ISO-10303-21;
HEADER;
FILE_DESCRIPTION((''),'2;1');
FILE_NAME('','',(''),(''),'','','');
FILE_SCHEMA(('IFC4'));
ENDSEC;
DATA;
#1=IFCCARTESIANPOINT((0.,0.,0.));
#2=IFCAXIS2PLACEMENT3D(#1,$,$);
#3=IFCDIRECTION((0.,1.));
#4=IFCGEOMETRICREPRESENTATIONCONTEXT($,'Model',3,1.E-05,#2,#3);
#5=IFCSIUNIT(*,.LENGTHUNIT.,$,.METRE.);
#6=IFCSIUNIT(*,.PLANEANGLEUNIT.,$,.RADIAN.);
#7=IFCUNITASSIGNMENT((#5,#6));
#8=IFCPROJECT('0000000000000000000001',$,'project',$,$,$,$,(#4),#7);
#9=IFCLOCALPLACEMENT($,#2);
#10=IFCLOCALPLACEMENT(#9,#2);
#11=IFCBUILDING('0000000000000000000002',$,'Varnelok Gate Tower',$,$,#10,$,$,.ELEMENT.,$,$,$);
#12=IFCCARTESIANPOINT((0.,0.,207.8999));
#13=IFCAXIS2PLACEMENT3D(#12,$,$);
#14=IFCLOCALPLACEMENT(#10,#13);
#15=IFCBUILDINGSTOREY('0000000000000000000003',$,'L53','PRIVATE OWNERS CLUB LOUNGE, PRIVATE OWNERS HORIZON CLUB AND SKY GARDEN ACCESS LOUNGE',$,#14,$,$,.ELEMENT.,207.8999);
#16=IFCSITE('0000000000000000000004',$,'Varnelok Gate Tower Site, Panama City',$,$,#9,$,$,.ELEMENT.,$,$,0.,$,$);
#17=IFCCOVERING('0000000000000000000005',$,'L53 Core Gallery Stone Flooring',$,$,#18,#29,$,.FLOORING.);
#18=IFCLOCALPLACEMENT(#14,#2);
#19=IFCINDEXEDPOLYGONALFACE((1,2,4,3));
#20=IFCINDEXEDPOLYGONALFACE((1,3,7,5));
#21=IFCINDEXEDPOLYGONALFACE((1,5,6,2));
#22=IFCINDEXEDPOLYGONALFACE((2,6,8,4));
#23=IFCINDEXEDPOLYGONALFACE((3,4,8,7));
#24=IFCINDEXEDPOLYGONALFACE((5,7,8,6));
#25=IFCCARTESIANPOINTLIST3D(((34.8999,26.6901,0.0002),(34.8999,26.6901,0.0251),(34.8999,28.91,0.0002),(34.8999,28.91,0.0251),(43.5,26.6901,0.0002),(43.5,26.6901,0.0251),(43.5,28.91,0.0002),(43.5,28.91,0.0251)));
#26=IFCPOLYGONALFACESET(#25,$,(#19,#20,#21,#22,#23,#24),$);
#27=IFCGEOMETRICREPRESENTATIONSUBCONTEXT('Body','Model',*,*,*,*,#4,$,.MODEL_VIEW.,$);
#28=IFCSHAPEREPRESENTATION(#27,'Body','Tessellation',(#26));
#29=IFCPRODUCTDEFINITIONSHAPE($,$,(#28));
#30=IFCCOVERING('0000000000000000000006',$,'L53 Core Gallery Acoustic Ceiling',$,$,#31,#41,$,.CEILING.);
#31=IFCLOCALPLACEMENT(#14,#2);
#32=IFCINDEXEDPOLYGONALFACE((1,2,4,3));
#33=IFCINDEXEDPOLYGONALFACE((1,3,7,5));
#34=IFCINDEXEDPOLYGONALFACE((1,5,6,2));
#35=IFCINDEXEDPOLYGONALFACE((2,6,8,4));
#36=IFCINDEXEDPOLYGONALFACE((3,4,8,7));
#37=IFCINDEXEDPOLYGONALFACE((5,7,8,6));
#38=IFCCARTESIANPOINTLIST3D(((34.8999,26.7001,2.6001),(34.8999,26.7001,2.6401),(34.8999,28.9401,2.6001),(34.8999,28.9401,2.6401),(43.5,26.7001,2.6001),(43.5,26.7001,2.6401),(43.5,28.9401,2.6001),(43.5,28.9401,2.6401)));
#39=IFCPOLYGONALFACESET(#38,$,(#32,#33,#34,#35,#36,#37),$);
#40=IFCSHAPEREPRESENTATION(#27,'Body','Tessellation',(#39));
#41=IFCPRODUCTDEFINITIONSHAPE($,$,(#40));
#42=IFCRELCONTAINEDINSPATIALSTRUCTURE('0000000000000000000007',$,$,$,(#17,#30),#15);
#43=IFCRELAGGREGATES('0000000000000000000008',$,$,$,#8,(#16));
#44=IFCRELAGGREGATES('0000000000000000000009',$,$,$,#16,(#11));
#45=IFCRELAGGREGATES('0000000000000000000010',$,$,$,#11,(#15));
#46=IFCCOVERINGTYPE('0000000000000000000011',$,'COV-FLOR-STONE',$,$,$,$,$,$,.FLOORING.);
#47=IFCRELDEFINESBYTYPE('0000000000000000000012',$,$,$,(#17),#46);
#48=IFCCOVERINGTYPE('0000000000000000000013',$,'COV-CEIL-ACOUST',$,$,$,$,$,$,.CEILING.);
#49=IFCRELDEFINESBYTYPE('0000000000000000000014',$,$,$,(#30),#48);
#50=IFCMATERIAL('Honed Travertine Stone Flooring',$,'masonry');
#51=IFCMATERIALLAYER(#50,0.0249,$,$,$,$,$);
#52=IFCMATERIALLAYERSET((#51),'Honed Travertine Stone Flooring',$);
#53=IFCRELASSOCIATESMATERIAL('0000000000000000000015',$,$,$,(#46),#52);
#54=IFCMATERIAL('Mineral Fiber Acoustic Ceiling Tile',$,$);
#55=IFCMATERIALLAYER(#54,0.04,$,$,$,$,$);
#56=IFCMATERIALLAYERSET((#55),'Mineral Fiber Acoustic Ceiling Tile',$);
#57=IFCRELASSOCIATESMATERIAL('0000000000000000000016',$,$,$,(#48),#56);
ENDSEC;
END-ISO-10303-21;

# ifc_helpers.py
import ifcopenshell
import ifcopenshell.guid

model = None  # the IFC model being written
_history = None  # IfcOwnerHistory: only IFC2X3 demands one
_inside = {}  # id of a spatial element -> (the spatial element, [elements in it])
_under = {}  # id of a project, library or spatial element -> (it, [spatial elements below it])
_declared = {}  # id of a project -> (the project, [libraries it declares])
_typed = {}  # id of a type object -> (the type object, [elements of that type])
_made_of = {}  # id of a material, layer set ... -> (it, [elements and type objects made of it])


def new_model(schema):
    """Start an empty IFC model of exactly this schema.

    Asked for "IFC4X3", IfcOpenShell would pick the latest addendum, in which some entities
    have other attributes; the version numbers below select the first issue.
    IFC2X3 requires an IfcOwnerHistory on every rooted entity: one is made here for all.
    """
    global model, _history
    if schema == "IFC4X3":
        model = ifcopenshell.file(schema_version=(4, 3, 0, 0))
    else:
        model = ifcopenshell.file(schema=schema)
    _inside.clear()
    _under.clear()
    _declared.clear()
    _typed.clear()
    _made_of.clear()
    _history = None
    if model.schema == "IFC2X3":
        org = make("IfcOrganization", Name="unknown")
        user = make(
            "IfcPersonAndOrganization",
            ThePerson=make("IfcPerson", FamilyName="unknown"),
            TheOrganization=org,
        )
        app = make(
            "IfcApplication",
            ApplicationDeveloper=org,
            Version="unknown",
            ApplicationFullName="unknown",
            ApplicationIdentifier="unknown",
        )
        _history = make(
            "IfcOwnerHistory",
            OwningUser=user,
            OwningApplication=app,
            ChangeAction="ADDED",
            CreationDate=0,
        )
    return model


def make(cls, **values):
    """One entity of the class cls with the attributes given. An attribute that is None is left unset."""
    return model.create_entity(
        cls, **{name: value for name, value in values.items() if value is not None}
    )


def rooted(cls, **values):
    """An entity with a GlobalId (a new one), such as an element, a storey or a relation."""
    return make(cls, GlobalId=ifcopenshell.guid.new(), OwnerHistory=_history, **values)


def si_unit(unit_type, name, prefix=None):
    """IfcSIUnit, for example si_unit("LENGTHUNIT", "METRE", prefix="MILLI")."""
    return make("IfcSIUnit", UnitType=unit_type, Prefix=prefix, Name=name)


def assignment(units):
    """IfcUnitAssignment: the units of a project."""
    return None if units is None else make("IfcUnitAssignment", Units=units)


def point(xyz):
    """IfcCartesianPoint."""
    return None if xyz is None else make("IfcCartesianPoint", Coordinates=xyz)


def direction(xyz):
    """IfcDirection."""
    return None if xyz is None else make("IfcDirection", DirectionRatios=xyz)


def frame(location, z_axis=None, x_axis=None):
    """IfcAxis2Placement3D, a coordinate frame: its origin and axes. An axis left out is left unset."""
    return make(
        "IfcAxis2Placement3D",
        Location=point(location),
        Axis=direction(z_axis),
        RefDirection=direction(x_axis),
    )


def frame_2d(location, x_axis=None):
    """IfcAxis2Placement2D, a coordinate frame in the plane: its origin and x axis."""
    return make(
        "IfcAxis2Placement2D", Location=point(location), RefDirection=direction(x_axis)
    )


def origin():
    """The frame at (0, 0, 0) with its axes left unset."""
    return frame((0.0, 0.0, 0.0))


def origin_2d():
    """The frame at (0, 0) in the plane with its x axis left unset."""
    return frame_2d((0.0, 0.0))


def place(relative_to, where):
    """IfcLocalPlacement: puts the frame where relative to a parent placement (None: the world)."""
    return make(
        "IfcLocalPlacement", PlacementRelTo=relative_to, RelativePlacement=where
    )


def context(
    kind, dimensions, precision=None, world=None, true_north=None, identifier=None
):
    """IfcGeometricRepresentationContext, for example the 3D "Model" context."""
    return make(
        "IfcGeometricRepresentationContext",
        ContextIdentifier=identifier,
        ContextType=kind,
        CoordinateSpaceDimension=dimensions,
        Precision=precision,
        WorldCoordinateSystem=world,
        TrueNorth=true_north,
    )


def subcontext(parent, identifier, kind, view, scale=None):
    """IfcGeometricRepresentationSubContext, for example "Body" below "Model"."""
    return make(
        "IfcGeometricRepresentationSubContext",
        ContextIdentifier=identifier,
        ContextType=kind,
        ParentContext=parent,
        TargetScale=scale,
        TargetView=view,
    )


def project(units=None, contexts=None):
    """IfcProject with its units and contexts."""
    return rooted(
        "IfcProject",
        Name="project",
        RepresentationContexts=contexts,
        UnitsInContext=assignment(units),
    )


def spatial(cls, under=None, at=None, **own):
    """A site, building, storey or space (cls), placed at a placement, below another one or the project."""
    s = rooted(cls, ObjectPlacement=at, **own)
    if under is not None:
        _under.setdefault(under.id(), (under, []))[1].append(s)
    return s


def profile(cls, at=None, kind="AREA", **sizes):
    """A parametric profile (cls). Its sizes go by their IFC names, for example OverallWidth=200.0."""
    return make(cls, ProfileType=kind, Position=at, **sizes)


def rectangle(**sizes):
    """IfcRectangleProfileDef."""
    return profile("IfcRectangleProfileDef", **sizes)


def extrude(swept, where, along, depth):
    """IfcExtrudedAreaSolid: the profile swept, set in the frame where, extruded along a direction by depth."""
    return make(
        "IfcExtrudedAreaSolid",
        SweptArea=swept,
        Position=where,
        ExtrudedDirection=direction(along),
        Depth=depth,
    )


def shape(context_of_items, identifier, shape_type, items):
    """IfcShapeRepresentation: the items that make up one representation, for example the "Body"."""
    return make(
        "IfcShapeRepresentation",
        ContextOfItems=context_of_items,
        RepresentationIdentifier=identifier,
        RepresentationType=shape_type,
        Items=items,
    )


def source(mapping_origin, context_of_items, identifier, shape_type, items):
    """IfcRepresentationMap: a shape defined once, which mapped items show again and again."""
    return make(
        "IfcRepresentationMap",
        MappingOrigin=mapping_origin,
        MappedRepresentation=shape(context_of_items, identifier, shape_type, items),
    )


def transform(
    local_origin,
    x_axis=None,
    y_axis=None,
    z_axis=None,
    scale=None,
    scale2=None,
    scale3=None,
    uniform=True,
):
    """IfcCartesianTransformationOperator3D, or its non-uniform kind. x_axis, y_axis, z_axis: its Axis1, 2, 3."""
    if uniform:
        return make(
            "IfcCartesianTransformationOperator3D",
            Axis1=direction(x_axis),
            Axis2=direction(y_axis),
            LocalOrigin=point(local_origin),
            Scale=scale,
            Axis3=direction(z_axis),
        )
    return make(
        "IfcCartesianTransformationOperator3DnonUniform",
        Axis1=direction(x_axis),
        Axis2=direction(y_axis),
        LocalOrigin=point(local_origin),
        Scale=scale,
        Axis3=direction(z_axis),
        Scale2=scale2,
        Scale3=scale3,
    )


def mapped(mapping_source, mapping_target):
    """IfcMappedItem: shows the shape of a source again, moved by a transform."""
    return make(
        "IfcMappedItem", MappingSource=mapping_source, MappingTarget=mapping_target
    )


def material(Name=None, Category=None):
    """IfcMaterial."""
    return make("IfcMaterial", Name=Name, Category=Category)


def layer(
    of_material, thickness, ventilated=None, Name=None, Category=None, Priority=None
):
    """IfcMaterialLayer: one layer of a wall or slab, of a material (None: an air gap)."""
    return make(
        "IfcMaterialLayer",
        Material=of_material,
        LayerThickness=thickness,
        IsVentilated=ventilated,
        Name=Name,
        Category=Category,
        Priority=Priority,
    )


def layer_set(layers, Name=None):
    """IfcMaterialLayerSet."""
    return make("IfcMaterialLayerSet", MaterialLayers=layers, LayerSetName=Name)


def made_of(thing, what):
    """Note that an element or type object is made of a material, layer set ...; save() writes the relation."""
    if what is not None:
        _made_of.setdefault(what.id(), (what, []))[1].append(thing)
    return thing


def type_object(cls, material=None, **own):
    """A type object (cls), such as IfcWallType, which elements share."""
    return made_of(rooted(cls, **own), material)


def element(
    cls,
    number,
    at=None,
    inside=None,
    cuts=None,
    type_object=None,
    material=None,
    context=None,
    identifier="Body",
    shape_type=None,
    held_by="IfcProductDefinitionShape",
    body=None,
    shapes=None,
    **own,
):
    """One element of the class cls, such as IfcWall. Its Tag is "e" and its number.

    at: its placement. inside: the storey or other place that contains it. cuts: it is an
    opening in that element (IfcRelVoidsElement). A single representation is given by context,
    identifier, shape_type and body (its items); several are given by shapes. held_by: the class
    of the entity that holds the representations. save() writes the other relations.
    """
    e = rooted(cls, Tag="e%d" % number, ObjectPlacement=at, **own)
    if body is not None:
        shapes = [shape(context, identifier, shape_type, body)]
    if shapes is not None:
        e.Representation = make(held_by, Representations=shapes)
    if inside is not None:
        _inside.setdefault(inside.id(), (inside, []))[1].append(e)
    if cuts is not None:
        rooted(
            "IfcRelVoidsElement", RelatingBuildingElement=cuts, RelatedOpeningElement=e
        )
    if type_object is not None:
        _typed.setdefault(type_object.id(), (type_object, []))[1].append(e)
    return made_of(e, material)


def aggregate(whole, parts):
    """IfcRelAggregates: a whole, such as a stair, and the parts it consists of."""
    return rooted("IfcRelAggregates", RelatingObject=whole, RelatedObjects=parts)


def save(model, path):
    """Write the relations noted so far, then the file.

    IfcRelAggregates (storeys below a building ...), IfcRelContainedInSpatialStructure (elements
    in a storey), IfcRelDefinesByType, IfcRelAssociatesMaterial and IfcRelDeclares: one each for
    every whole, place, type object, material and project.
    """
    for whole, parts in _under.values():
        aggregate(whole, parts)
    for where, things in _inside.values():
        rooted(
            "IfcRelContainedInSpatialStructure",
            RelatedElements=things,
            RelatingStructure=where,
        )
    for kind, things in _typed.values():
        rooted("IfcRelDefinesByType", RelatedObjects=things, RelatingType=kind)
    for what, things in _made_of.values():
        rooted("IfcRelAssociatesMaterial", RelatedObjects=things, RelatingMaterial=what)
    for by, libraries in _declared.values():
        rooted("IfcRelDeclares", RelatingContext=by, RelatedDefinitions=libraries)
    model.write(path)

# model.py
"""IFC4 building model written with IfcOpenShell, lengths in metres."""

from ifc_helpers import new_model, si_unit, direction, frame, origin, origin_2d, place, context, subcontext, project, spatial, rectangle, extrude, source, transform, mapped, material, layer, layer_set, type_object, element, save


model = new_model("IFC4")

# Units and contexts
model_context = context("Model", 3, precision=1e-05, world=origin(), true_north=direction((0.0, 1.0)))
body_context = subcontext(model_context, "Body", "Model", "MODEL_VIEW")
ifc_project = project(units=[si_unit("LENGTHUNIT", "METRE"), si_unit("PLANEANGLEUNIT", "RADIAN")], contexts=[model_context])

# Site, building, storey
site_placement = place(None, origin())
site = spatial("IfcSite", under=ifc_project, at=site_placement, Name="Varnelok Gate Tower Site, Panama City", CompositionType="ELEMENT", RefElevation=0.0)
building_placement = place(site_placement, origin())
building = spatial("IfcBuilding", under=site, at=building_placement, Name="Varnelok Gate Tower", CompositionType="ELEMENT")
storey_placement = place(building_placement, frame((0.0, 0.0, 207.8999)))
storey = spatial("IfcBuildingStorey", under=building, at=storey_placement, Name="L53", Description="PRIVATE OWNERS CLUB LOUNGE, PRIVATE OWNERS HORIZON CLUB AND SKY GARDEN ACCESS LOUNGE", CompositionType="ELEMENT", Elevation=207.8999)

# Coverings
ifc_material_1 = material(Name="Honed Travertine Stone Flooring", Category="masonry")
ifc_layer_1 = layer(ifc_material_1, 0.0249)
ifc_layer_set_1 = layer_set([ifc_layer_1], Name="Honed Travertine Stone Flooring")
covering_type_1 = type_object("IfcCoveringType", Name="COV-FLOR-STONE", PredefinedType="FLOORING", material=ifc_layer_set_1)
shared_shape_1 = source(origin(), body_context, "Body", "SweptSolid", [
    extrude(rectangle(XDim=8.6001, YDim=2.22, at=origin_2d()), origin(), (0.0, 0.0, 1.0), 0.0249),
])
covering_1_placement = place(storey_placement, frame((39.2, 27.8, 0.0002), z_axis=(0.0, 0.0, 1.0), x_axis=(1.0, 0.0, 0.0)))
element("IfcCovering", 1, at=covering_1_placement, inside=storey, type_object=covering_type_1, Name="L53 Core Gallery Stone Flooring", PredefinedType="FLOORING", context=body_context, shape_type="MappedRepresentation", body=[
    mapped(shared_shape_1, transform((0.0, 0.0, 0.0), scale=1.0)),
])
ifc_material_2 = material(Name="Mineral Fiber Acoustic Ceiling Tile")
ifc_layer_2 = layer(ifc_material_2, 0.04)
ifc_layer_set_2 = layer_set([ifc_layer_2], Name="Mineral Fiber Acoustic Ceiling Tile")
covering_type_2 = type_object("IfcCoveringType", Name="COV-CEIL-ACOUST", PredefinedType="CEILING", material=ifc_layer_set_2)
shared_shape_2 = source(origin(), body_context, "Body", "SweptSolid", [
    extrude(rectangle(XDim=8.6001, YDim=2.24, at=origin_2d()), origin(), (0.0, 0.0, 1.0), 0.04),
])
covering_2_placement = place(storey_placement, frame((39.2, 27.8201, 2.6001), z_axis=(0.0, 0.0, 1.0), x_axis=(1.0, 0.0, 0.0)))
element("IfcCovering", 2, at=covering_2_placement, inside=storey, type_object=covering_type_2, Name="L53 Core Gallery Acoustic Ceiling", PredefinedType="CEILING", context=body_context, shape_type="MappedRepresentation", body=[
    mapped(shared_shape_2, transform((0.0, 0.0, 0.0), scale=1.0)),
])

save(model, "model.ifc")
